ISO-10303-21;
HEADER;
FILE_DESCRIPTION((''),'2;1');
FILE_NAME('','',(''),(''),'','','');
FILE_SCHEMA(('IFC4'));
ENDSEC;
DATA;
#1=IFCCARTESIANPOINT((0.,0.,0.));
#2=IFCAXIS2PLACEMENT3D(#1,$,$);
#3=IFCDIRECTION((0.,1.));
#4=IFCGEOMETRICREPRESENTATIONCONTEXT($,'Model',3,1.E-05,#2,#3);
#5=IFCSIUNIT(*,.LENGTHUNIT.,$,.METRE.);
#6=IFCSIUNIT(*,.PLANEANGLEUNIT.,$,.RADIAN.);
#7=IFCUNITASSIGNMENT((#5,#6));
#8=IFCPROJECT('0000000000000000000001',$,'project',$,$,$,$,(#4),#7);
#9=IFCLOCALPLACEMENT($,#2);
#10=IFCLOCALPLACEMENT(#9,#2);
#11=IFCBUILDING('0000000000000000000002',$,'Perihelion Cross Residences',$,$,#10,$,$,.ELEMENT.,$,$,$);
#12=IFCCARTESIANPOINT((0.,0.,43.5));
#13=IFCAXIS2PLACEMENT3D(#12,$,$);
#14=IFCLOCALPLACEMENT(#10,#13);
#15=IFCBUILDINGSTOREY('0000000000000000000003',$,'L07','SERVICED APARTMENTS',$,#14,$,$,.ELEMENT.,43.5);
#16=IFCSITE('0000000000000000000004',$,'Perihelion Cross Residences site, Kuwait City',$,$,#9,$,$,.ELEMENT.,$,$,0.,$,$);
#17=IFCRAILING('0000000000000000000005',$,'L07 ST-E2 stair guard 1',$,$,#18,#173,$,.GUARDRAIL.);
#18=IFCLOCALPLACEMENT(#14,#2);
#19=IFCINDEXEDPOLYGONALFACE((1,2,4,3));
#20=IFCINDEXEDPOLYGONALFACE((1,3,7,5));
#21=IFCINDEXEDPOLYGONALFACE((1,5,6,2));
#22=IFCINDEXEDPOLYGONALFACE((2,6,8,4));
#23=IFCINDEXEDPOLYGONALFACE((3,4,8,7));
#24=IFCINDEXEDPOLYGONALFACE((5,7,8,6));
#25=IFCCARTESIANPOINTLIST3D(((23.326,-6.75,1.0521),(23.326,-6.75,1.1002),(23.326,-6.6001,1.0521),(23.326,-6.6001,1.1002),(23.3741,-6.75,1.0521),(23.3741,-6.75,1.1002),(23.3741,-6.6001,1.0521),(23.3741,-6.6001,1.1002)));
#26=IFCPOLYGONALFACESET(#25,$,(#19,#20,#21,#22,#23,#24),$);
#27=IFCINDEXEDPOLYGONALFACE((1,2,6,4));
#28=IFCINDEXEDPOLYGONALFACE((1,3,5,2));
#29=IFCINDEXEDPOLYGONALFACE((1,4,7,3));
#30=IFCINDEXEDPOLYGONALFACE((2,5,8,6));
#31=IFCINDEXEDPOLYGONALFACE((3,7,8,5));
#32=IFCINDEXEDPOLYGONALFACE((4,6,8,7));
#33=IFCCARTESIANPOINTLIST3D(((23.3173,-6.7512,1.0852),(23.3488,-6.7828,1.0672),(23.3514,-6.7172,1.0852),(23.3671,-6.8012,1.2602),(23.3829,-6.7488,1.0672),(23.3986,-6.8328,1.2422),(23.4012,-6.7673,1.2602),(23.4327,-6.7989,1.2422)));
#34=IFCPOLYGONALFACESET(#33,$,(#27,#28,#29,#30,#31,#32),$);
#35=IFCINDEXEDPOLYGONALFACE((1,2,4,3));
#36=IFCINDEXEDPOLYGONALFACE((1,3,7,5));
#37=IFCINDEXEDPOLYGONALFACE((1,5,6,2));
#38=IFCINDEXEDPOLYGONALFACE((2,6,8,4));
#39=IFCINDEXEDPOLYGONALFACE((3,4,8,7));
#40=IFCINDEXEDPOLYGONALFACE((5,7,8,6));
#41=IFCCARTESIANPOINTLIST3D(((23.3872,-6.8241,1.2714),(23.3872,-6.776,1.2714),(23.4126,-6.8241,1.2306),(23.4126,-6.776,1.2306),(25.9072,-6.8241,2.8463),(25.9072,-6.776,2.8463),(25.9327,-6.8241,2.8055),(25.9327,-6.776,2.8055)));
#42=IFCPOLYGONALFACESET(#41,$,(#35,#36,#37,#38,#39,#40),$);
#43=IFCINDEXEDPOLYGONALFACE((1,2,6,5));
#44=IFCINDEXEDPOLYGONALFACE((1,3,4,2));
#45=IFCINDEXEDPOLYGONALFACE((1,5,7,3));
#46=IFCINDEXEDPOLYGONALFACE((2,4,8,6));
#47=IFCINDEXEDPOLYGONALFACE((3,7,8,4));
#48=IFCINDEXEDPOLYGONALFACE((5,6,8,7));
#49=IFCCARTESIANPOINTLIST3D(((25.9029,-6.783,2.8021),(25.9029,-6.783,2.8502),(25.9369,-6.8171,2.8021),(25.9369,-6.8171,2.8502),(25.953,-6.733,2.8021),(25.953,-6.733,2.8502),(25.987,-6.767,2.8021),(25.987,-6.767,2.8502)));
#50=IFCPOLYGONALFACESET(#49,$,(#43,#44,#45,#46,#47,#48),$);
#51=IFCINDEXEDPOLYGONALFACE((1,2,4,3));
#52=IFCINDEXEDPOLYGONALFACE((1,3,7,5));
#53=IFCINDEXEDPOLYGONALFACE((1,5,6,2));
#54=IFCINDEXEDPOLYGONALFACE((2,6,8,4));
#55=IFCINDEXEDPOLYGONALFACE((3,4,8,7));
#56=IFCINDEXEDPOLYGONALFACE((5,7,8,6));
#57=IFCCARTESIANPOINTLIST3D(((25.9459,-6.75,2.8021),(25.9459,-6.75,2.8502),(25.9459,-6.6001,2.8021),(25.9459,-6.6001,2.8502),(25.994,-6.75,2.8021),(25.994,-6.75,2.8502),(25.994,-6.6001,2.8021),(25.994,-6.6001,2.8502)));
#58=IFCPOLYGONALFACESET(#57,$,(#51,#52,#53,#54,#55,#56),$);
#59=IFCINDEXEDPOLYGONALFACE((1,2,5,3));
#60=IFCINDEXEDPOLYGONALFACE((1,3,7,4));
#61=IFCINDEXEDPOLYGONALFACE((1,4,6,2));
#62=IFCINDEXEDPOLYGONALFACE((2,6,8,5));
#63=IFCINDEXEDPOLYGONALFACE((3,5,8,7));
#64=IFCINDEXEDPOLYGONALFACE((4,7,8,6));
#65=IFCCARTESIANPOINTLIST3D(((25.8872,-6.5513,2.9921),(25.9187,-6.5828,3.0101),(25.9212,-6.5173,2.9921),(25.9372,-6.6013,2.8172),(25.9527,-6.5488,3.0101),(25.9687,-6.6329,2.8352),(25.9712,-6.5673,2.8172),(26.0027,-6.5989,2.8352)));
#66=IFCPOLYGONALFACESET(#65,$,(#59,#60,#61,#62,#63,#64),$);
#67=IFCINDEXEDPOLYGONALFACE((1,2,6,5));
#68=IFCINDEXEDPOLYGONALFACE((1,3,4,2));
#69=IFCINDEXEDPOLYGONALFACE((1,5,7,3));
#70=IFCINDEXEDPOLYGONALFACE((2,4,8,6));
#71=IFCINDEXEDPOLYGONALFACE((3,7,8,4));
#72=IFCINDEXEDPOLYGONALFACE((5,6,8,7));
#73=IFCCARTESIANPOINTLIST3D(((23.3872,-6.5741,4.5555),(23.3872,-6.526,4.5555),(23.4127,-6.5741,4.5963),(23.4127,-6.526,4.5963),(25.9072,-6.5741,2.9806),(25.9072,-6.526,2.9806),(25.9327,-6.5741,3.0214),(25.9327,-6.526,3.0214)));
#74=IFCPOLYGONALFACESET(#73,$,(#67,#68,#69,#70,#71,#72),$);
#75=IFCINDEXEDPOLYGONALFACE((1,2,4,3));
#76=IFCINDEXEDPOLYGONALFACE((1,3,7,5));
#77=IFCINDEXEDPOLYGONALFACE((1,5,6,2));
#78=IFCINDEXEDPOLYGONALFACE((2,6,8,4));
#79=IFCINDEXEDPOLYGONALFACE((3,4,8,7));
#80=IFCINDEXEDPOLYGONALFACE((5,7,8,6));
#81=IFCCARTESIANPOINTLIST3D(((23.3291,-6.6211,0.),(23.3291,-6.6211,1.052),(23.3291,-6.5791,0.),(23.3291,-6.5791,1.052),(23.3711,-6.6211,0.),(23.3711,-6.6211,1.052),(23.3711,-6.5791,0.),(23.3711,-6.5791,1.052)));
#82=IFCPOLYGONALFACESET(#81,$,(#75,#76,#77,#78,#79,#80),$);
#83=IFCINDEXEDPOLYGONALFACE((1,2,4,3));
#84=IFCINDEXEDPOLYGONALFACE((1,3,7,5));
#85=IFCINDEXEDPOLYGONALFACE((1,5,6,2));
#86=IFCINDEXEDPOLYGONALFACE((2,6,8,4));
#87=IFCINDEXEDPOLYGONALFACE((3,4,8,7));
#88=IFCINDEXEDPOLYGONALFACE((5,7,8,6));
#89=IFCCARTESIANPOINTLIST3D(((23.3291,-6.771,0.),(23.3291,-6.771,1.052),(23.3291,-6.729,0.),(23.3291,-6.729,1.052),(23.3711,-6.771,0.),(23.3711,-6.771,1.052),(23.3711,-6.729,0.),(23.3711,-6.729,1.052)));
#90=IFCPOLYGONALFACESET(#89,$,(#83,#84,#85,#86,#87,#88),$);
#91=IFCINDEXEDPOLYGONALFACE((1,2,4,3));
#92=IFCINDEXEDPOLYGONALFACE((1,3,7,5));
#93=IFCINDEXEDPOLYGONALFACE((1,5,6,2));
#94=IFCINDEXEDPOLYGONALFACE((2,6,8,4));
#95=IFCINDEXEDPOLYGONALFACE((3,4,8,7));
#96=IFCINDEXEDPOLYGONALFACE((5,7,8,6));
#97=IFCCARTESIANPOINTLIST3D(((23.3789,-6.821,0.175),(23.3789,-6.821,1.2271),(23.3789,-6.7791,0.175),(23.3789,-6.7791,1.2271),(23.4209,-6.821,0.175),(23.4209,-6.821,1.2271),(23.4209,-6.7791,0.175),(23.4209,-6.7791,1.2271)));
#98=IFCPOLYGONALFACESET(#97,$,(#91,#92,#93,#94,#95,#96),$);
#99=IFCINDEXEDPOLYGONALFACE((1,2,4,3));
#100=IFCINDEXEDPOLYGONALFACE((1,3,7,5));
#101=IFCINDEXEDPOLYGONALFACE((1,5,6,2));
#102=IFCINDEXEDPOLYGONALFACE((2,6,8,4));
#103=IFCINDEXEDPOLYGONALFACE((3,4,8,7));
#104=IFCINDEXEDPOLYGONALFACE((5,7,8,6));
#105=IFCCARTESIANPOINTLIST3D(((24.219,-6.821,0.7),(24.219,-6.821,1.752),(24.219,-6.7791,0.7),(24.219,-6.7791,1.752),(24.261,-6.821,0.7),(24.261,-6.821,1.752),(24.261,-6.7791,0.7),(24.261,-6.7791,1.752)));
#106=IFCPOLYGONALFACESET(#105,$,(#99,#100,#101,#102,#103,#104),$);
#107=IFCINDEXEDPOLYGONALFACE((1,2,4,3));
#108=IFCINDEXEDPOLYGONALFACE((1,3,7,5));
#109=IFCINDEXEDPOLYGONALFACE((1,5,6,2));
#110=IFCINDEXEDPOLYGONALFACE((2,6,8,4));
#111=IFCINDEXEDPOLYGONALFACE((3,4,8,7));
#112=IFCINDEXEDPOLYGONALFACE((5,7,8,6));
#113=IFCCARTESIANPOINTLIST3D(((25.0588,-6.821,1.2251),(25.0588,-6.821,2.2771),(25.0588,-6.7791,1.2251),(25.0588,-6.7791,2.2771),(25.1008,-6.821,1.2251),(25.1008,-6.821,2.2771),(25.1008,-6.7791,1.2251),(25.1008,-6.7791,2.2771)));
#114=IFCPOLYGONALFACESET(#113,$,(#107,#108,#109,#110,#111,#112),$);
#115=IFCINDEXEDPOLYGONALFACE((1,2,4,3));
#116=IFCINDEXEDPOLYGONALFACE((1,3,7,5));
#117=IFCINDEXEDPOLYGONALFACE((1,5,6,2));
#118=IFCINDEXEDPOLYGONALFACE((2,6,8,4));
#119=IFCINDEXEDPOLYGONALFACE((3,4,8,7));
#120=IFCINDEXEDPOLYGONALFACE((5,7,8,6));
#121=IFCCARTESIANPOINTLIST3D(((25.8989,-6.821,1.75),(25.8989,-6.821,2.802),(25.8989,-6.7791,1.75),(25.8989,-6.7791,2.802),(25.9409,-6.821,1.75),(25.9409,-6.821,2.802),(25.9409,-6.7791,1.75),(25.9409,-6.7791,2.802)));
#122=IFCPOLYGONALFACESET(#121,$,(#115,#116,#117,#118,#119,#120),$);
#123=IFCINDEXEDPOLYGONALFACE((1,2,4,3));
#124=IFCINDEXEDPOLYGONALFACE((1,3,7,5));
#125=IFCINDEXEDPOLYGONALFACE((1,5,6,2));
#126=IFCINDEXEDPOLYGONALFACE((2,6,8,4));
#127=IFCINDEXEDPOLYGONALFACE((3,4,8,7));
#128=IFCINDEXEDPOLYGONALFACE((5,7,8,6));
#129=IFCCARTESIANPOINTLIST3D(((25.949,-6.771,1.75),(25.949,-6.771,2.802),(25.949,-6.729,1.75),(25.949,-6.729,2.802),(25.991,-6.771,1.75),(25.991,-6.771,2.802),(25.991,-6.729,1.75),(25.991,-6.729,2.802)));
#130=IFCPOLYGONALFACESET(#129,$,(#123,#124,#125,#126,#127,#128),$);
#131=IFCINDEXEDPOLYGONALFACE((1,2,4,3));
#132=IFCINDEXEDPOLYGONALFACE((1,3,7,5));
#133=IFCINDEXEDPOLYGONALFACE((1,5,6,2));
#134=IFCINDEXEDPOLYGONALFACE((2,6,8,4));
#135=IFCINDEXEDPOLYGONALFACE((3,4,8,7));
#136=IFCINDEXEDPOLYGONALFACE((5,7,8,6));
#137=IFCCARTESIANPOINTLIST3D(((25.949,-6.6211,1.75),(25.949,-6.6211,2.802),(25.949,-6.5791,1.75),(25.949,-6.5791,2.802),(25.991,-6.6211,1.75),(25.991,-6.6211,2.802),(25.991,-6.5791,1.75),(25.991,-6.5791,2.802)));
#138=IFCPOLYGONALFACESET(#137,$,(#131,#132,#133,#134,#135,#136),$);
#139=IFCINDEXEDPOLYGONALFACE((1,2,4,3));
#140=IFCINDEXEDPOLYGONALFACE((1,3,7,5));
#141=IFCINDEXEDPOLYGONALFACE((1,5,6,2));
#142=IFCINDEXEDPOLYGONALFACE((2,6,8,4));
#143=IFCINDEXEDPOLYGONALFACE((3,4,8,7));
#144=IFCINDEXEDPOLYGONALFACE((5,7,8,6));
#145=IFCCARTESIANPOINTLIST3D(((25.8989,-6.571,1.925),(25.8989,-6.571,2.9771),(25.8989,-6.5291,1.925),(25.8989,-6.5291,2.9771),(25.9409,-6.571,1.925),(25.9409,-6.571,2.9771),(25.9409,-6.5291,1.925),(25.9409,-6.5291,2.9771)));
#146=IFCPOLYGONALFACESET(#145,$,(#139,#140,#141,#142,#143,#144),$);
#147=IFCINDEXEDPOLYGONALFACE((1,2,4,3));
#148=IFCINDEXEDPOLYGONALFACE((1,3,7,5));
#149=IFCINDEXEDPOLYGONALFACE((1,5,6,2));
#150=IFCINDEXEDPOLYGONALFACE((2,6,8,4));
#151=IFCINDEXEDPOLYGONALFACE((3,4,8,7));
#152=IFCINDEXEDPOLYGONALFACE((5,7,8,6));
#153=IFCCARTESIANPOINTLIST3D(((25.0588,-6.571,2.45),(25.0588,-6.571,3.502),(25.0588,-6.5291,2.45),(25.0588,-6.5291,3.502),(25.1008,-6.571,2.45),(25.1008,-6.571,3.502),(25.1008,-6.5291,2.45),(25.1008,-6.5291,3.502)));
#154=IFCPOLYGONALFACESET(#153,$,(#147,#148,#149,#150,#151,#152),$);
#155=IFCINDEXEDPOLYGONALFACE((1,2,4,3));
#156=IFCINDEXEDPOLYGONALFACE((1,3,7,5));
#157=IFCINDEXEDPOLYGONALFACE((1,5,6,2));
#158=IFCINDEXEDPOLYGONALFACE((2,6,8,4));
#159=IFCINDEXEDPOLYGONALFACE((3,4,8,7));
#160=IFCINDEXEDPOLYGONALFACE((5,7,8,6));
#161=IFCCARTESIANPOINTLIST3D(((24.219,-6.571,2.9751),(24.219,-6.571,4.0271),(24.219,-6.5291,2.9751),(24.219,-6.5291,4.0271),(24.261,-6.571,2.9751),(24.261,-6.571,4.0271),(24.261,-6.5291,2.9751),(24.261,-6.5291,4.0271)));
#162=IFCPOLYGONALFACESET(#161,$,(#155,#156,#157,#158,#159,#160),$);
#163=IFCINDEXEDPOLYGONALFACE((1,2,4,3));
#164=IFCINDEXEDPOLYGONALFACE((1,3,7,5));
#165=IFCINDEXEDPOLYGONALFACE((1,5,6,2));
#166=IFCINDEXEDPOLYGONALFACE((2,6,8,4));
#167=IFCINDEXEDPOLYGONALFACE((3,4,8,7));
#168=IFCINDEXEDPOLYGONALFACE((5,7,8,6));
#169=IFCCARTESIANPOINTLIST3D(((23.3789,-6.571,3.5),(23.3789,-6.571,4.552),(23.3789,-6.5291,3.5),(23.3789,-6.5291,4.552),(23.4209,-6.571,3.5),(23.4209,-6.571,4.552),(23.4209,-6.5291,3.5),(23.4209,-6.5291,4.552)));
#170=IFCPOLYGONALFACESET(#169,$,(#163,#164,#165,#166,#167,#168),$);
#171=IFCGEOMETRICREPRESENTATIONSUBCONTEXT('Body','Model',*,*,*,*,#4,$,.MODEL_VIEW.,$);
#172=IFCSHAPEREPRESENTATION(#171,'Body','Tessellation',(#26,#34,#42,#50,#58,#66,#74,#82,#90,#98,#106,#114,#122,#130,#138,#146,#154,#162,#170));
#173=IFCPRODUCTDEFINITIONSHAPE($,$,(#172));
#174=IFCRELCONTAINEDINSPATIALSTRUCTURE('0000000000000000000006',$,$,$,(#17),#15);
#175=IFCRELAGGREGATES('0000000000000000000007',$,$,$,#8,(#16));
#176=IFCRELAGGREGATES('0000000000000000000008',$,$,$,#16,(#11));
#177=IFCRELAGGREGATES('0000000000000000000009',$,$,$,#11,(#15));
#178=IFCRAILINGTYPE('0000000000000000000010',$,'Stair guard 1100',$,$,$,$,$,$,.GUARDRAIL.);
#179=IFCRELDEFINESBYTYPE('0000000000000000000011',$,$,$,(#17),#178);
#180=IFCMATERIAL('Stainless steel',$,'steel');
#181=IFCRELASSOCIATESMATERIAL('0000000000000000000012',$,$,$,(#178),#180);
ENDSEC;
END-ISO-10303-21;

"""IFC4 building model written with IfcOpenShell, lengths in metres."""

from ifc_helpers import new_model, si_unit, direction, frame, origin, origin_2d, place, context, subcontext, project, spatial, rectangle, extrude, material, type_object, element, save


model = new_model("IFC4")

# Units and contexts
model_context = context("Model", 3, precision=1e-05, world=origin(), true_north=direction((0.0, 1.0)))
body_context = subcontext(model_context, "Body", "Model", "MODEL_VIEW")
ifc_project = project(units=[si_unit("LENGTHUNIT", "METRE"), si_unit("PLANEANGLEUNIT", "RADIAN")], contexts=[model_context])

# Site, building, storey
site_placement = place(None, origin())
site = spatial("IfcSite", under=ifc_project, at=site_placement, Name="Perihelion Cross Residences site, Kuwait City", CompositionType="ELEMENT", RefElevation=0.0)
building_placement = place(site_placement, origin())
building = spatial("IfcBuilding", under=site, at=building_placement, Name="Perihelion Cross Residences", CompositionType="ELEMENT")
storey_placement = place(building_placement, frame((0.0, 0.0, 43.5)))
storey = spatial("IfcBuildingStorey", under=building, at=storey_placement, Name="L07", Description="SERVICED APARTMENTS", CompositionType="ELEMENT", Elevation=43.5)

# Railing
ifc_material_1 = material(Name="Stainless steel", Category="steel")
railing_type_1 = type_object("IfcRailingType", Name="Stair guard 1100", PredefinedType="GUARDRAIL", material=ifc_material_1)
railing_1_placement = place(storey_placement, frame((23.3501, -6.6001, 0.0)))
element("IfcRailing", 1, at=railing_1_placement, inside=storey, type_object=railing_type_1, Name="L07 ST-E2 stair guard 1", PredefinedType="GUARDRAIL", context=body_context, shape_type="SweptSolid", body=[
    extrude(rectangle(XDim=0.0481, YDim=0.0481, at=origin_2d()), frame((0.0, 0.0, 1.0762), z_axis=(0.0, -1.0, 0.0), x_axis=(1.0, 0.0, 0.0)), (0.0, 0.0, 1.0), 0.1499),
    extrude(rectangle(XDim=0.0481, YDim=0.0481, at=origin_2d()), frame((0.0, -0.1499, 1.0762), z_axis=(0.263862, -0.265156, 0.927399), x_axis=(0.708834, 0.705376, 0.0)), (0.0, 0.0, 1.0), 0.1887),
    extrude(rectangle(XDim=0.0481, YDim=0.0481, at=origin_2d()), frame((0.0498, -0.2, 1.251), z_axis=(0.848008, 0.0, 0.529984), x_axis=(0.0, 1.0, 0.0)), (0.0, 0.0, 1.0), 2.9717),
    extrude(rectangle(XDim=0.0481, YDim=0.0481, at=origin_2d()), frame((2.5698, -0.2, 2.8262), z_axis=(0.707107, 0.707107, 0.0), x_axis=(-0.707107, 0.707107, 0.0)), (0.0, 0.0, 1.0), 0.0708),
    extrude(rectangle(XDim=0.0481, YDim=0.0481, at=origin_2d()), frame((2.6199, -0.1499, 2.8262), z_axis=(0.0, 1.0, 0.0), x_axis=(-1.0, 0.0, 0.0)), (0.0, 0.0, 1.0), 0.1499),
    extrude(rectangle(XDim=0.0481, YDim=0.0481, at=origin_2d()), frame((2.6199, 0.0, 2.8262), z_axis=(-0.265065, 0.265065, 0.927082), x_axis=(-0.707107, -0.707107, 0.0)), (0.0, 0.0, 1.0), 0.1887),
    extrude(rectangle(XDim=0.0481, YDim=0.0481, at=origin_2d()), frame((2.5698, 0.05, 3.001), z_axis=(-0.848008, 0.0, 0.529984), x_axis=(0.0, -1.0, 0.0)), (0.0, 0.0, 1.0), 2.9717),
    extrude(rectangle(XDim=0.042, YDim=0.042, at=origin_2d()), origin(), (0.0, 0.0, 1.0), 1.052),
    extrude(rectangle(XDim=0.042, YDim=0.042, at=origin_2d()), frame((0.0, -0.1499, 0.0)), (0.0, 0.0, 1.0), 1.052),
    extrude(rectangle(XDim=0.042, YDim=0.042, at=origin_2d()), frame((0.0498, -0.2, 0.175)), (0.0, 0.0, 1.0), 1.052),
    extrude(rectangle(XDim=0.042, YDim=0.042, at=origin_2d()), frame((0.8899, -0.2, 0.7)), (0.0, 0.0, 1.0), 1.052),
    extrude(rectangle(XDim=0.042, YDim=0.042, at=origin_2d()), frame((1.7297, -0.2, 1.2251)), (0.0, 0.0, 1.0), 1.052),
    extrude(rectangle(XDim=0.042, YDim=0.042, at=origin_2d()), frame((2.5698, -0.2, 1.75)), (0.0, 0.0, 1.0), 1.052),
    extrude(rectangle(XDim=0.042, YDim=0.042, at=origin_2d()), frame((2.6199, -0.1499, 1.75)), (0.0, 0.0, 1.0), 1.052),
    extrude(rectangle(XDim=0.042, YDim=0.042, at=origin_2d()), frame((2.6199, 0.0, 1.75)), (0.0, 0.0, 1.0), 1.052),
    extrude(rectangle(XDim=0.042, YDim=0.042, at=origin_2d()), frame((2.5698, 0.05, 1.925)), (0.0, 0.0, 1.0), 1.052),
    extrude(rectangle(XDim=0.042, YDim=0.042, at=origin_2d()), frame((1.7297, 0.05, 2.45)), (0.0, 0.0, 1.0), 1.052),
    extrude(rectangle(XDim=0.042, YDim=0.042, at=origin_2d()), frame((0.8899, 0.05, 2.9751)), (0.0, 0.0, 1.0), 1.052),
    extrude(rectangle(XDim=0.042, YDim=0.042, at=origin_2d()), frame((0.0498, 0.05, 3.5)), (0.0, 0.0, 1.0), 1.052),
])

save(model, "model.ifc")
